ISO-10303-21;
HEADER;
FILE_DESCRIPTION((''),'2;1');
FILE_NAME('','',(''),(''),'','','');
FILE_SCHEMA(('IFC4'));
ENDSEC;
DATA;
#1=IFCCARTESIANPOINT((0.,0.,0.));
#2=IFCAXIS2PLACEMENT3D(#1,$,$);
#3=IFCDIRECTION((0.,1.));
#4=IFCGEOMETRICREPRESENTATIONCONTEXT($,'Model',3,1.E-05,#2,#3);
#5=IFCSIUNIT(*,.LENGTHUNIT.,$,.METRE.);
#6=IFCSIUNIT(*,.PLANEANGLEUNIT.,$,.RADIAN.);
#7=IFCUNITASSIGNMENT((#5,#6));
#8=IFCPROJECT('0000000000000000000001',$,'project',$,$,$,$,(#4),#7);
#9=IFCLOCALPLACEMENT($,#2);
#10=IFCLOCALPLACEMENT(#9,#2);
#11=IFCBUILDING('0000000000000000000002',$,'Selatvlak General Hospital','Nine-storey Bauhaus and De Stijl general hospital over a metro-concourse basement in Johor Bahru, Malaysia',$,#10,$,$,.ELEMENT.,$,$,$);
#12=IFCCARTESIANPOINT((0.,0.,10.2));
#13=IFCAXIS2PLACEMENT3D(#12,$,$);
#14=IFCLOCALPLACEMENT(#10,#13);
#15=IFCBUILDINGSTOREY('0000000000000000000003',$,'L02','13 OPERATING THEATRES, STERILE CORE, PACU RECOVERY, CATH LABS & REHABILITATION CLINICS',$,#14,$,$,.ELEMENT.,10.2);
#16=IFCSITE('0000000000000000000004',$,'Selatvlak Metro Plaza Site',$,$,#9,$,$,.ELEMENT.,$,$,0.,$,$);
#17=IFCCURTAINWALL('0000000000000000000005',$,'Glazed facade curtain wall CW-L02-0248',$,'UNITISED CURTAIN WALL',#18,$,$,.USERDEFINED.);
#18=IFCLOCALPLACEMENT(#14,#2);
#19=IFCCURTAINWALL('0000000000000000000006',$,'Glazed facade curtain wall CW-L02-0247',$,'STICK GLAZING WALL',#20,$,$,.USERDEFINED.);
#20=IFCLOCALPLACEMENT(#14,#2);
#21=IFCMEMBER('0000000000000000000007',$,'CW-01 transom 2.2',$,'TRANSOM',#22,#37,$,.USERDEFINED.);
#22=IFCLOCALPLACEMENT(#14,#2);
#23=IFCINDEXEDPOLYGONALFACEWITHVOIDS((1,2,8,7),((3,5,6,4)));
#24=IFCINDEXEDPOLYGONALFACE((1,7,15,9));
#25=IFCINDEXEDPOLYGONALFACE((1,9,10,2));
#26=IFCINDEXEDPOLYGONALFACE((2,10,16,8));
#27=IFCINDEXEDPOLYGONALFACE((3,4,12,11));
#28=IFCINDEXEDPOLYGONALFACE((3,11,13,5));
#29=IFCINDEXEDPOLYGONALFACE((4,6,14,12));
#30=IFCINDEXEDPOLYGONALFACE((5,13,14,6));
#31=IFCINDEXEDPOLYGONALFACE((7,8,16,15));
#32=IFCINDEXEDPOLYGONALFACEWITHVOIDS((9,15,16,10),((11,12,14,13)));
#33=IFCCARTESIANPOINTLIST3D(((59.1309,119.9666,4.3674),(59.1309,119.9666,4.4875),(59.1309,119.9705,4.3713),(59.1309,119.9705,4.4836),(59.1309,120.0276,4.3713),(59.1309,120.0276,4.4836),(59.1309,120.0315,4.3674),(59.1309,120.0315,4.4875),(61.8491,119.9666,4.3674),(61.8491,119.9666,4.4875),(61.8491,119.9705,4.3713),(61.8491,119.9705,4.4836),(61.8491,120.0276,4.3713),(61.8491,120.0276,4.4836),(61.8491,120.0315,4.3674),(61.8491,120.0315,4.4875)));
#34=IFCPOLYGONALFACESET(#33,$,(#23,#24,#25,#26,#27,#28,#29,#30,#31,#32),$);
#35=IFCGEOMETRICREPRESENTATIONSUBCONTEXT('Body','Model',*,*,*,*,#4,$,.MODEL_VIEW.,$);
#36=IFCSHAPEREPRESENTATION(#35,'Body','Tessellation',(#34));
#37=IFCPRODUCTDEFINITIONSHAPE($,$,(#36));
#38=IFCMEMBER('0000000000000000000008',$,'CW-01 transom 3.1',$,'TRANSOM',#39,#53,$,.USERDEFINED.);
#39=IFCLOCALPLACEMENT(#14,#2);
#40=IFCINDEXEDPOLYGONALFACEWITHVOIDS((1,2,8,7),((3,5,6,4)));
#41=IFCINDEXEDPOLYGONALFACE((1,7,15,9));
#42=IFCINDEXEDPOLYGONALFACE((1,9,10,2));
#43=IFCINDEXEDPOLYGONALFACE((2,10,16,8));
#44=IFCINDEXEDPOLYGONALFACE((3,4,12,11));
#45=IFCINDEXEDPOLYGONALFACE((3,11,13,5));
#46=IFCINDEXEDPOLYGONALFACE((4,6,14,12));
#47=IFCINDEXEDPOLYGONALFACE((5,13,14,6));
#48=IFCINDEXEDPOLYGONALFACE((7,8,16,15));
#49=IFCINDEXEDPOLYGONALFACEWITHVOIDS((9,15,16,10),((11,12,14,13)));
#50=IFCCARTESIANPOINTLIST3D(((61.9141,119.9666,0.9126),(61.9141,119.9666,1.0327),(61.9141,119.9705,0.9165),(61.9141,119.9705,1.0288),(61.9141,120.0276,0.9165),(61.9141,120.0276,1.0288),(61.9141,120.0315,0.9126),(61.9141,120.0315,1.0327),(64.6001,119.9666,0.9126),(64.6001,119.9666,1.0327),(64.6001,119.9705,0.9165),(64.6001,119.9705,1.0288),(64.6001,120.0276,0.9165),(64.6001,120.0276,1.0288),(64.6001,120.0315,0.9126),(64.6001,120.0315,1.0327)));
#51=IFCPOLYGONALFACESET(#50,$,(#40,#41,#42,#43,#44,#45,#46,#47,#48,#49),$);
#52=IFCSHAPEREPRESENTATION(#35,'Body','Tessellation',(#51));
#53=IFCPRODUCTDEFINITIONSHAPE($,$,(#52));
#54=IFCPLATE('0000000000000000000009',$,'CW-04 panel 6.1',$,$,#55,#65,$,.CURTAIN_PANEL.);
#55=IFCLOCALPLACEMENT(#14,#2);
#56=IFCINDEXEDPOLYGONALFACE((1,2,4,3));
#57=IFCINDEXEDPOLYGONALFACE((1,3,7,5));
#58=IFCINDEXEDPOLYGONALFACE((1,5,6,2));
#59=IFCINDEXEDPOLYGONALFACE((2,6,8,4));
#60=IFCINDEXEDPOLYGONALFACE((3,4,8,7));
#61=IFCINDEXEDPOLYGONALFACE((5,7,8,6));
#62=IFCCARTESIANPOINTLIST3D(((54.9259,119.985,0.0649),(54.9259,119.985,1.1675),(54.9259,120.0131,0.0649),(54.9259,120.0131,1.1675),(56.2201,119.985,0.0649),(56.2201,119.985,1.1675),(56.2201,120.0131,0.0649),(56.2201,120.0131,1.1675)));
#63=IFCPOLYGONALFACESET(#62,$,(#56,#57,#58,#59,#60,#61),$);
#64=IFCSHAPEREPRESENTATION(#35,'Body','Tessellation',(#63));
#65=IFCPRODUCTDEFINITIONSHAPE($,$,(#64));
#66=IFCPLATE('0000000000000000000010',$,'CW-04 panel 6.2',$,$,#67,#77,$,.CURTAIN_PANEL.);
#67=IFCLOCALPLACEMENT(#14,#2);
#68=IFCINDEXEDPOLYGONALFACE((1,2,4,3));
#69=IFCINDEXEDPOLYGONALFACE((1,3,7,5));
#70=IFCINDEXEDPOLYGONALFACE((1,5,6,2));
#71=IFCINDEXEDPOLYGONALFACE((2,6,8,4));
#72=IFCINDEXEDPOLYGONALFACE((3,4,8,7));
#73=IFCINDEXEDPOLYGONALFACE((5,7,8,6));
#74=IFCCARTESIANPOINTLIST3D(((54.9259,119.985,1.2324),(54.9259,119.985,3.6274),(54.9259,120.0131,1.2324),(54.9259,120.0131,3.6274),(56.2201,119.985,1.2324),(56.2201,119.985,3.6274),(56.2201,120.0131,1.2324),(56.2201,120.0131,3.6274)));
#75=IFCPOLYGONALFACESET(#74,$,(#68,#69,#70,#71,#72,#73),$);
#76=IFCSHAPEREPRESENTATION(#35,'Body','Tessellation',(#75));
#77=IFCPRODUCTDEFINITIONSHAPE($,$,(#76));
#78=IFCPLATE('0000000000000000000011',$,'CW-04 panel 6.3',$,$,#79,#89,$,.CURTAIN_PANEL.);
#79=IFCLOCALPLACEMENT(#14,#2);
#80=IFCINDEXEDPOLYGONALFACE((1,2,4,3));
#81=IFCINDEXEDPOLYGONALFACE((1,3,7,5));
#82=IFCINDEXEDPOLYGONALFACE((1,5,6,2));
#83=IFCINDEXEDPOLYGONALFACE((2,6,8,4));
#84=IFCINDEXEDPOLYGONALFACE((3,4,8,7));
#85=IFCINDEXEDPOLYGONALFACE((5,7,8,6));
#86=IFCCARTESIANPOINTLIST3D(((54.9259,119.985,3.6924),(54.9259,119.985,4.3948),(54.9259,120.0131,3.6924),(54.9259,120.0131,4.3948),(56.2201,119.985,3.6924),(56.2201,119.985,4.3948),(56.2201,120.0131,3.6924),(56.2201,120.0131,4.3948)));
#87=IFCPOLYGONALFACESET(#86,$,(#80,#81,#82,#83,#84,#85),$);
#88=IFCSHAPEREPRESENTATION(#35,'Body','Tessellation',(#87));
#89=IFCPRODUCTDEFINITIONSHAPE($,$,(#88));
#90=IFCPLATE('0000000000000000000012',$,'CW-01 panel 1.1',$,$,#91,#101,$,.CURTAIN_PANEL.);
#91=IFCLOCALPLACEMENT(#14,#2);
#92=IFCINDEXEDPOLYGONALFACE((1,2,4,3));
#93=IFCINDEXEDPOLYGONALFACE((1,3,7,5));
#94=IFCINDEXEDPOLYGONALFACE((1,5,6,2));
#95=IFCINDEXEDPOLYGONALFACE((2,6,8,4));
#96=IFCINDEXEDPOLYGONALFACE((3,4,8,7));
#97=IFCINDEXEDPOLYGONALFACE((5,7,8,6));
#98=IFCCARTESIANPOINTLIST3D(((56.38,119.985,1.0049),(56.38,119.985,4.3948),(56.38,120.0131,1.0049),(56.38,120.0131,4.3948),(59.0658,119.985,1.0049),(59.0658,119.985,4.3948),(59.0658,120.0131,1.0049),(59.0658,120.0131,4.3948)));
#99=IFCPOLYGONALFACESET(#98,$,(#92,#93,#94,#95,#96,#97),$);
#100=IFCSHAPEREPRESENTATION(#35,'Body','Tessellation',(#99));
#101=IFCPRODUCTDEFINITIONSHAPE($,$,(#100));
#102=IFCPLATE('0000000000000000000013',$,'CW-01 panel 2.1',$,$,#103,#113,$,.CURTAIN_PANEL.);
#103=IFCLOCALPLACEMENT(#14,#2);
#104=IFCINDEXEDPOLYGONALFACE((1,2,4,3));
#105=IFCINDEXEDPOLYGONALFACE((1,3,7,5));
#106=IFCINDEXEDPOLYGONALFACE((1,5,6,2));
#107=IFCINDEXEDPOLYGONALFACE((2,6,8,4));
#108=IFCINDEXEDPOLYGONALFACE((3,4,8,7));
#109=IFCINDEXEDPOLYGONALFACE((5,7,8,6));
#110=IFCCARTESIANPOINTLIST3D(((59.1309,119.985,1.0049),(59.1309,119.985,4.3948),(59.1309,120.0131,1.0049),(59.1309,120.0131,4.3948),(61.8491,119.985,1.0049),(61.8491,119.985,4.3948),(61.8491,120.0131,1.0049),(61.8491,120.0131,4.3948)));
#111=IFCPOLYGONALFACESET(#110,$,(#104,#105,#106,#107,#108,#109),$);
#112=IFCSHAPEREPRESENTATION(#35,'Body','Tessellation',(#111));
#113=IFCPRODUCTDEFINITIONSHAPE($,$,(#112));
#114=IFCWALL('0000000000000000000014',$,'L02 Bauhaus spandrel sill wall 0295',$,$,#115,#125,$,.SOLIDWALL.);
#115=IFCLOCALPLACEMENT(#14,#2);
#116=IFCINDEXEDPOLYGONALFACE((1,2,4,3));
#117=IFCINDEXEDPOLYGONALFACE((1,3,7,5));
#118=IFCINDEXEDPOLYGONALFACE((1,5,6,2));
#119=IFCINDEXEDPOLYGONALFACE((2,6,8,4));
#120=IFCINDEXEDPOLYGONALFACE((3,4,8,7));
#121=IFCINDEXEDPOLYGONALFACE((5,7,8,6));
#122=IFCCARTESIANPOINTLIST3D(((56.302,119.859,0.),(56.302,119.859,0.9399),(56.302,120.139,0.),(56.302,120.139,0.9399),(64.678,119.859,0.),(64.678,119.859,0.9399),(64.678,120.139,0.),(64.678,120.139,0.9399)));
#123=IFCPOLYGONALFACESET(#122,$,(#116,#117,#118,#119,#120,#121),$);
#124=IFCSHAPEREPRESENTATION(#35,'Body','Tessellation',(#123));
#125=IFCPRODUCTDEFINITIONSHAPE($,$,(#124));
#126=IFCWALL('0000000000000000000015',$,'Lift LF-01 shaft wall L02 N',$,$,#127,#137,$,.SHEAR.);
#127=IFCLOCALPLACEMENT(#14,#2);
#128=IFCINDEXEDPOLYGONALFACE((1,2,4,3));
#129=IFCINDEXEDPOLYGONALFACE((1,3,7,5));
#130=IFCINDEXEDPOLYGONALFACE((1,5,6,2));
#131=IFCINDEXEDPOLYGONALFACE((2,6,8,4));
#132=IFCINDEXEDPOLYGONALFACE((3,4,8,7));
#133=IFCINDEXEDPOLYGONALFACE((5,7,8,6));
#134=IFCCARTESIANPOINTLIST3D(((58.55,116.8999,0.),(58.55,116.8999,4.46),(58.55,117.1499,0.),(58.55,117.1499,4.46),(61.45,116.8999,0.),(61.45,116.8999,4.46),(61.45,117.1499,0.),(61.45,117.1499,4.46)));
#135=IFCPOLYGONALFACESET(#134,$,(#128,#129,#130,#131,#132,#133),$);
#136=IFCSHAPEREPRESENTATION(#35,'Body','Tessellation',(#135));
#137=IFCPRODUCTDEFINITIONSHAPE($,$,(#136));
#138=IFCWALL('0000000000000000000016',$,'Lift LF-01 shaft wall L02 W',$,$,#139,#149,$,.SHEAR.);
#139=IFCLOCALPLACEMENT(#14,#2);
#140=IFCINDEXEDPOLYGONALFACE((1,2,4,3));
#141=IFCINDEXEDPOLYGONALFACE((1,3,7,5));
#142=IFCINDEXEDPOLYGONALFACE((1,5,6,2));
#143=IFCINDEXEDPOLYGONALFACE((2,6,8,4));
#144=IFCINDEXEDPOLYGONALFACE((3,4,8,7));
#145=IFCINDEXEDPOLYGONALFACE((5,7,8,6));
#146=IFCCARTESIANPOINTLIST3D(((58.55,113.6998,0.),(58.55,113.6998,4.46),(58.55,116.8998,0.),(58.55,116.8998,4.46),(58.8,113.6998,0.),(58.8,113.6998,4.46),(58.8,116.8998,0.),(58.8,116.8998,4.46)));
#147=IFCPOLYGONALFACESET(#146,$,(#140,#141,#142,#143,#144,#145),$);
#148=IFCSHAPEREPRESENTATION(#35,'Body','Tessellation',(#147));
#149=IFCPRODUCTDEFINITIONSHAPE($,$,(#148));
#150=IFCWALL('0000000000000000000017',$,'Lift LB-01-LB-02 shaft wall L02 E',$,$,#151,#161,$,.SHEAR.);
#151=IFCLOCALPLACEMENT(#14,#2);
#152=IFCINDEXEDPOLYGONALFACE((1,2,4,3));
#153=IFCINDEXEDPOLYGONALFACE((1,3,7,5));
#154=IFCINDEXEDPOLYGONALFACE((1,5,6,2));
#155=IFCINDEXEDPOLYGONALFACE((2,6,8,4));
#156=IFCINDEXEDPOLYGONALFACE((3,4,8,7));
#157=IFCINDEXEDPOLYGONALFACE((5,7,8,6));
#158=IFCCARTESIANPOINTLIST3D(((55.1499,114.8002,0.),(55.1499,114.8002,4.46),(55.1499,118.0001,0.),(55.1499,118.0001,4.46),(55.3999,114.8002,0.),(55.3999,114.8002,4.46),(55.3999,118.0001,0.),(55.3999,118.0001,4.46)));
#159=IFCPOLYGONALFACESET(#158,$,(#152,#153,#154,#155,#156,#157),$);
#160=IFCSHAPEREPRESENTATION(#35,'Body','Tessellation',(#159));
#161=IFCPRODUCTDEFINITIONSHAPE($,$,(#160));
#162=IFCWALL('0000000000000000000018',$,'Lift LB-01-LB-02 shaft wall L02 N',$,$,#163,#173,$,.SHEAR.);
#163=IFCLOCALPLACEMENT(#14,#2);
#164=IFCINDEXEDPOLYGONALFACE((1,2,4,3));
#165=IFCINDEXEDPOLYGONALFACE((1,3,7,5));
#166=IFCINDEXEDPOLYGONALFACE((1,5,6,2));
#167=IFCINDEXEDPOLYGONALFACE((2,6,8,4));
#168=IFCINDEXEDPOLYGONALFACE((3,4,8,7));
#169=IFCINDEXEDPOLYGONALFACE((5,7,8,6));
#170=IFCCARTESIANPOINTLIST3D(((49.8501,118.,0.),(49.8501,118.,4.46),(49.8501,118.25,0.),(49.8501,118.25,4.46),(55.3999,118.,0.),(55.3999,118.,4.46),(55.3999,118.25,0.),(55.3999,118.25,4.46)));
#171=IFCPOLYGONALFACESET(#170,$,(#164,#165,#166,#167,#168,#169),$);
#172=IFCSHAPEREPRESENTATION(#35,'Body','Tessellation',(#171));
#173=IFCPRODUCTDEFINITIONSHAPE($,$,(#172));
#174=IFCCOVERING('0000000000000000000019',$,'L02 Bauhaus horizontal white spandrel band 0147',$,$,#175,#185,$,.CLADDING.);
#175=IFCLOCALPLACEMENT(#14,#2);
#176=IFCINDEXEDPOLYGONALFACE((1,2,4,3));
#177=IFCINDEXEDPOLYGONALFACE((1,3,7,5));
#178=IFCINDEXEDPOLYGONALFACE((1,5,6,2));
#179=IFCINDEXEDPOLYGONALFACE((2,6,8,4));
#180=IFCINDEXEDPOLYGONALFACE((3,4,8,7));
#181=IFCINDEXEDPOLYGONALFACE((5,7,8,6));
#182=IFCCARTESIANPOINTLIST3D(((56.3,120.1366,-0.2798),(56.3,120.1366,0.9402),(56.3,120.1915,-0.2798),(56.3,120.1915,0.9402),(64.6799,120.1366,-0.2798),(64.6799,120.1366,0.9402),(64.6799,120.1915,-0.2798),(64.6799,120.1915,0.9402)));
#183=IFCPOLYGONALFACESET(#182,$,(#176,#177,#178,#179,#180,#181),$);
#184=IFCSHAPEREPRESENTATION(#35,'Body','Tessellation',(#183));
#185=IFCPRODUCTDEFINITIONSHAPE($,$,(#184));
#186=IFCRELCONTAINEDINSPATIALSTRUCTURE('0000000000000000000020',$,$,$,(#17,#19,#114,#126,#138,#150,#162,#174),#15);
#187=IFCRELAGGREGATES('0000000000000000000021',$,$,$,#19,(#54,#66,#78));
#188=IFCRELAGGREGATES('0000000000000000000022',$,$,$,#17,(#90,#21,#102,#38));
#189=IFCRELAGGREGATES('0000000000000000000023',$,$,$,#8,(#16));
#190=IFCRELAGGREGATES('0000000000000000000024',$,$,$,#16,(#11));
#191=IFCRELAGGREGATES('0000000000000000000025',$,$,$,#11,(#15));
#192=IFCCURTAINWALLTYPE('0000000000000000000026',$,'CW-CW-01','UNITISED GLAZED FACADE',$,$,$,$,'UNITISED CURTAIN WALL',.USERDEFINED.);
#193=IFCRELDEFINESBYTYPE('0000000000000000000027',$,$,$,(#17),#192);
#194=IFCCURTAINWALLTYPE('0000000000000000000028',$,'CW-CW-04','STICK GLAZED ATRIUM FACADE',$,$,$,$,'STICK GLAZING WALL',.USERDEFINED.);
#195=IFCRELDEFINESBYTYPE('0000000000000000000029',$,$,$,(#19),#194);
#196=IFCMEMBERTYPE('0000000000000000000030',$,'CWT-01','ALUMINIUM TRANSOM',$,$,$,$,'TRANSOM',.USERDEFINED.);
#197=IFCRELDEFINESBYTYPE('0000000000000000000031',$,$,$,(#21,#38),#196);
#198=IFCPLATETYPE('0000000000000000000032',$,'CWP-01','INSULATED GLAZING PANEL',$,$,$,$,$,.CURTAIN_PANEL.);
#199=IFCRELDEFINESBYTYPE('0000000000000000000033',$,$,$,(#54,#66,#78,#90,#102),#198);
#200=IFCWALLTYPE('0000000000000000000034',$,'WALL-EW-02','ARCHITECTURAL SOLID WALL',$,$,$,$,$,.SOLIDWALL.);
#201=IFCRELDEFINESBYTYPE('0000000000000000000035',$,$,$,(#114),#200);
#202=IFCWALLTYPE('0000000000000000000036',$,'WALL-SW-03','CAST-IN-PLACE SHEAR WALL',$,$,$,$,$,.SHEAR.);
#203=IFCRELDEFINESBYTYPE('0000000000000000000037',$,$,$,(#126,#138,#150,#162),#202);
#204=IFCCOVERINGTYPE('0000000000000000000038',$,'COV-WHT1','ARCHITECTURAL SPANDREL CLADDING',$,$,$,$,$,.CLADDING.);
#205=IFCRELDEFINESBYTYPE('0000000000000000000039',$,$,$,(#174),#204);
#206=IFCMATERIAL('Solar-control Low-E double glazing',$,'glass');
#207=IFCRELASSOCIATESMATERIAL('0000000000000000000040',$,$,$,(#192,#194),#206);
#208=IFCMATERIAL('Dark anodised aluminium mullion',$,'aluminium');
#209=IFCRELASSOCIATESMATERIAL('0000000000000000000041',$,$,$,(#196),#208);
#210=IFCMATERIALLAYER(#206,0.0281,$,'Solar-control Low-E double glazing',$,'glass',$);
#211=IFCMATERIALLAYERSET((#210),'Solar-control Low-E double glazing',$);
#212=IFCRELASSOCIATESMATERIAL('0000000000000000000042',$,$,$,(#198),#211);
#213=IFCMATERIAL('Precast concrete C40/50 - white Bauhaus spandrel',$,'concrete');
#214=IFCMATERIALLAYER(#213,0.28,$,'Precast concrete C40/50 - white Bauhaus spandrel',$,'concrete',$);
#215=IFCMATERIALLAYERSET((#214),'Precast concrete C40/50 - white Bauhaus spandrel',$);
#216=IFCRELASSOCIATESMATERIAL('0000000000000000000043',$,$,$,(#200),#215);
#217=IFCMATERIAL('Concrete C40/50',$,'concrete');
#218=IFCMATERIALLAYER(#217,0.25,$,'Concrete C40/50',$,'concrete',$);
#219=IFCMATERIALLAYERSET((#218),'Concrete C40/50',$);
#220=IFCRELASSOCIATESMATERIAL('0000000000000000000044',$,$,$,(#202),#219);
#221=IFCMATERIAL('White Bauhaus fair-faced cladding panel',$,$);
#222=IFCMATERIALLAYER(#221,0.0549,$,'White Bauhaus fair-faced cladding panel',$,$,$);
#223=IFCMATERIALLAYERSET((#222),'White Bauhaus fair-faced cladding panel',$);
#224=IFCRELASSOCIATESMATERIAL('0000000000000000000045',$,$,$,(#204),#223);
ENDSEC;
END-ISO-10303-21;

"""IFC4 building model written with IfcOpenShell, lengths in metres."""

from ifc_helpers import new_model, si_unit, direction, frame, frame_2d, origin, origin_2d, place, context, subcontext, project, spatial, rectangle, hollow_rectangle, extrude, material, layer, layer_set, material_profile, profile_set, type_object, element, aggregate, save


model = new_model("IFC4")

# Units and contexts
model_context = context("Model", 3, precision=1e-05, world=origin(), true_north=direction((0.0, 1.0)))
body_context = subcontext(model_context, "Body", "Model", "MODEL_VIEW")
ifc_project = project(units=[si_unit("LENGTHUNIT", "METRE"), si_unit("PLANEANGLEUNIT", "RADIAN")], contexts=[model_context])

# Site, building, storey
site_placement = place(None, origin())
site = spatial("IfcSite", under=ifc_project, at=site_placement, Name="Selatvlak Metro Plaza Site", CompositionType="ELEMENT", RefElevation=0.0)
building_placement = place(site_placement, origin())
building = spatial("IfcBuilding", under=site, at=building_placement, Name="Selatvlak General Hospital", Description="Nine-storey Bauhaus and De Stijl general hospital over a metro-concourse basement in Johor Bahru, Malaysia", CompositionType="ELEMENT")
storey_placement = place(building_placement, frame((0.0, 0.0, 10.2)))
storey = spatial("IfcBuildingStorey", under=building, at=storey_placement, Name="L02", Description="13 OPERATING THEATRES, STERILE CORE, PACU RECOVERY, CATH LABS & REHABILITATION CLINICS", CompositionType="ELEMENT", Elevation=10.2)

# Shared definitions
ifc_material_1 = material(Name="Concrete C40/50", Category="concrete")

# Curtain walls
ifc_material_2 = material(Name="Solar-control Low-E double glazing", Category="glass")
curtain_wall_type_1 = type_object("IfcCurtainWallType", Name="CW-CW-01", Description="UNITISED GLAZED FACADE", ElementType="UNITISED CURTAIN WALL", PredefinedType="USERDEFINED", material=ifc_material_2)
curtain_wall_1_placement = place(storey_placement, origin())
curtain_wall_1 = element("IfcCurtainWall", 1, at=curtain_wall_1_placement, inside=storey, type_object=curtain_wall_type_1, Name="Glazed facade curtain wall CW-L02-0248", ObjectType="UNITISED CURTAIN WALL", PredefinedType="USERDEFINED")
ifc_material_3 = material(Name="Dark anodised aluminium mullion", Category="aluminium")
curtain_wall_type_2 = type_object("IfcCurtainWallType", Name="CW-CW-04", Description="STICK GLAZED ATRIUM FACADE", ElementType="STICK GLAZING WALL", PredefinedType="USERDEFINED", material=ifc_material_2)
curtain_wall_2_placement = place(storey_placement, origin())
curtain_wall_2 = element("IfcCurtainWall", 2, at=curtain_wall_2_placement, inside=storey, type_object=curtain_wall_type_2, Name="Glazed facade curtain wall CW-L02-0247", ObjectType="STICK GLAZING WALL", PredefinedType="USERDEFINED")
ifc_material_profile_1 = material_profile(ifc_material_3, hollow_rectangle(XDim=0.0649, YDim=0.1201, WallThickness=0.0039, at=origin_2d()), Name="AL-TRN 65x120x4")
ifc_profile_set_1 = profile_set([ifc_material_profile_1], Name="Dark anodised aluminium mullion")
member_type_1 = type_object("IfcMemberType", Name="CWT-01", Description="ALUMINIUM TRANSOM", ElementType="TRANSOM", PredefinedType="USERDEFINED", material=ifc_profile_set_1)

# Members
member_1_placement = place(storey_placement, frame((59.1309, 119.999, 4.4275), z_axis=(1.0, 0.0, 0.0), x_axis=(0.0, 1.0, 0.0)))
member_1 = element("IfcMember", 3, at=member_1_placement, type_object=member_type_1, Name="CW-01 transom 2.2", ObjectType="TRANSOM", PredefinedType="USERDEFINED", context=body_context, shape_type="SweptSolid", body=[
    extrude(hollow_rectangle(XDim=0.0649, YDim=0.1201, WallThickness=0.0039, at=origin_2d()), origin(), (0.0, 0.0, 1.0), 2.7183),
])
member_2_placement = place(storey_placement, frame((61.9141, 119.999, 0.9727), z_axis=(1.0, 0.0, 0.0), x_axis=(0.0, 1.0, 0.0)))
member_2 = element("IfcMember", 4, at=member_2_placement, type_object=member_type_1, Name="CW-01 transom 3.1", ObjectType="TRANSOM", PredefinedType="USERDEFINED", context=body_context, shape_type="SweptSolid", body=[
    extrude(hollow_rectangle(XDim=0.0649, YDim=0.1201, WallThickness=0.0039, at=origin_2d()), origin(), (0.0, 0.0, 1.0), 2.686),
])

# Plates
ifc_layer_1 = layer(ifc_material_2, 0.0281, Name="Solar-control Low-E double glazing", Category="glass")
ifc_layer_set_1 = layer_set([ifc_layer_1], Name="Solar-control Low-E double glazing")
plate_type = type_object("IfcPlateType", Name="CWP-01", Description="INSULATED GLAZING PANEL", PredefinedType="CURTAIN_PANEL", material=ifc_layer_set_1)
plate_1_placement = place(storey_placement, frame((55.573, 119.999, 0.0649), z_axis=(0.0, 0.0, 1.0), x_axis=(1.0, 0.0, 0.0)))
plate_1 = element("IfcPlate", 5, at=plate_1_placement, type_object=plate_type, Name="CW-04 panel 6.1", PredefinedType="CURTAIN_PANEL", context=body_context, shape_type="SweptSolid", body=[
    extrude(rectangle(XDim=1.2942, YDim=0.0281, at=origin_2d()), origin(), (0.0, 0.0, 1.0), 1.1025),
])
plate_2_placement = place(storey_placement, frame((55.573, 119.999, 1.2324), z_axis=(0.0, 0.0, 1.0), x_axis=(1.0, 0.0, 0.0)))
plate_2 = element("IfcPlate", 6, at=plate_2_placement, type_object=plate_type, Name="CW-04 panel 6.2", PredefinedType="CURTAIN_PANEL", context=body_context, shape_type="SweptSolid", body=[
    extrude(rectangle(XDim=1.2942, YDim=0.0281, at=origin_2d()), origin(), (0.0, 0.0, 1.0), 2.395),
])
plate_3_placement = place(storey_placement, frame((55.573, 119.999, 3.6924), z_axis=(0.0, 0.0, 1.0), x_axis=(1.0, 0.0, 0.0)))
plate_3 = element("IfcPlate", 7, at=plate_3_placement, type_object=plate_type, Name="CW-04 panel 6.3", PredefinedType="CURTAIN_PANEL", context=body_context, shape_type="SweptSolid", body=[
    extrude(rectangle(XDim=1.2942, YDim=0.0281, at=origin_2d()), origin(), (0.0, 0.0, 1.0), 0.7024),
])
aggregate(curtain_wall_2, [plate_1, plate_2, plate_3])
plate_4_placement = place(storey_placement, frame((57.7229, 119.999, 1.0049), z_axis=(0.0, 0.0, 1.0), x_axis=(1.0, 0.0, 0.0)))
plate_4 = element("IfcPlate", 8, at=plate_4_placement, type_object=plate_type, Name="CW-01 panel 1.1", PredefinedType="CURTAIN_PANEL", context=body_context, shape_type="SweptSolid", body=[
    extrude(rectangle(XDim=2.6858, YDim=0.0281, at=origin_2d()), origin(), (0.0, 0.0, 1.0), 3.3899),
])
plate_5_placement = place(storey_placement, frame((60.49, 119.999, 1.0049), z_axis=(0.0, 0.0, 1.0), x_axis=(1.0, 0.0, 0.0)))
plate_5 = element("IfcPlate", 9, at=plate_5_placement, type_object=plate_type, Name="CW-01 panel 2.1", PredefinedType="CURTAIN_PANEL", context=body_context, shape_type="SweptSolid", body=[
    extrude(rectangle(XDim=2.7183, YDim=0.0281, at=origin_2d()), origin(), (0.0, 0.0, 1.0), 3.3899),
])
aggregate(curtain_wall_1, [plate_4, member_1, plate_5, member_2])

# Walls
ifc_material_4 = material(Name="Precast concrete C40/50 - white Bauhaus spandrel", Category="concrete")
ifc_layer_2 = layer(ifc_material_4, 0.28, Name="Precast concrete C40/50 - white Bauhaus spandrel", Category="concrete")
ifc_layer_set_2 = layer_set([ifc_layer_2], Name="Precast concrete C40/50 - white Bauhaus spandrel")
wall_type_1 = type_object("IfcWallType", Name="WALL-EW-02", Description="ARCHITECTURAL SOLID WALL", PredefinedType="SOLIDWALL", material=ifc_layer_set_2)
wall_1_placement = place(storey_placement, frame((56.302, 119.999, 0.0), z_axis=(0.0, 0.0, 1.0), x_axis=(1.0, 0.0, 0.0)))
element("IfcWall", 10, at=wall_1_placement, inside=storey, type_object=wall_type_1, Name="L02 Bauhaus spandrel sill wall 0295", PredefinedType="SOLIDWALL", context=body_context, shape_type="SweptSolid", body=[
    extrude(rectangle(XDim=8.376, YDim=0.28, at=frame_2d((4.188, 0.0))), origin(), (0.0, 0.0, 1.0), 0.9399),
])
ifc_layer_3 = layer(ifc_material_1, 0.25, Name="Concrete C40/50", Category="concrete")
ifc_layer_set_3 = layer_set([ifc_layer_3], Name="Concrete C40/50")
wall_type_2 = type_object("IfcWallType", Name="WALL-SW-03", Description="CAST-IN-PLACE SHEAR WALL", PredefinedType="SHEAR", material=ifc_layer_set_3)
wall_2_placement = place(storey_placement, frame((61.45, 117.0249, 0.0), z_axis=(0.0, 0.0, 1.0), x_axis=(-1.0, 0.0, 0.0)))
element("IfcWall", 11, at=wall_2_placement, inside=storey, type_object=wall_type_2, Name="Lift LF-01 shaft wall L02 N", PredefinedType="SHEAR", context=body_context, shape_type="SweptSolid", body=[
    extrude(rectangle(XDim=2.8999, YDim=0.25, at=frame_2d((1.45, 0.0))), origin(), (0.0, 0.0, 1.0), 4.46),
])
for number, where, z_axis, x_axis, name in (
    (12, (58.675, 116.8999, 0.0), (0.0, 0.0, 1.0), (0.0, -1.0, 0.0), "Lift LF-01 shaft wall L02 W"),
    (13, (55.2749, 114.8, 0.0), (0.0, 0.0, 1.0), (0.0, 1.0, 0.0), "Lift LB-01-LB-02 shaft wall L02 E"),
):
    element("IfcWall", number, at=place(storey_placement, frame(where, z_axis=z_axis, x_axis=x_axis)), inside=storey, type_object=wall_type_2, Name=name, PredefinedType="SHEAR", context=body_context, shape_type="SweptSolid", body=[
        extrude(rectangle(XDim=3.2, YDim=0.25, at=frame_2d((1.6001, 0.0))), origin(), (0.0, 0.0, 1.0), 4.46),
    ])
wall_3_placement = place(storey_placement, frame((55.3999, 118.125, 0.0), z_axis=(0.0, 0.0, 1.0), x_axis=(-1.0, 0.0, 0.0)))
element("IfcWall", 14, at=wall_3_placement, inside=storey, type_object=wall_type_2, Name="Lift LB-01-LB-02 shaft wall L02 N", PredefinedType="SHEAR", context=body_context, shape_type="SweptSolid", body=[
    extrude(rectangle(XDim=5.5498, YDim=0.25, at=frame_2d((2.7749, 0.0))), origin(), (0.0, 0.0, 1.0), 4.46),
])

# Covering
ifc_material_5 = material(Name="White Bauhaus fair-faced cladding panel")
ifc_layer_4 = layer(ifc_material_5, 0.0549, Name="White Bauhaus fair-faced cladding panel")
ifc_layer_set_4 = layer_set([ifc_layer_4], Name="White Bauhaus fair-faced cladding panel")
covering_type = type_object("IfcCoveringType", Name="COV-WHT1", Description="ARCHITECTURAL SPANDREL CLADDING", PredefinedType="CLADDING", material=ifc_layer_set_4)
covering_placement = place(storey_placement, frame((60.49, 120.1641, -0.2798), z_axis=(0.0, 0.0, 1.0), x_axis=(1.0, 0.0, 0.0)))
element("IfcCovering", 15, at=covering_placement, inside=storey, type_object=covering_type, Name="L02 Bauhaus horizontal white spandrel band 0147", PredefinedType="CLADDING", context=body_context, shape_type="SweptSolid", body=[
    extrude(rectangle(XDim=8.3799, YDim=0.0549, at=origin_2d()), origin(), (0.0, 0.0, 1.0), 1.22),
])

save(model, "model.ifc")
